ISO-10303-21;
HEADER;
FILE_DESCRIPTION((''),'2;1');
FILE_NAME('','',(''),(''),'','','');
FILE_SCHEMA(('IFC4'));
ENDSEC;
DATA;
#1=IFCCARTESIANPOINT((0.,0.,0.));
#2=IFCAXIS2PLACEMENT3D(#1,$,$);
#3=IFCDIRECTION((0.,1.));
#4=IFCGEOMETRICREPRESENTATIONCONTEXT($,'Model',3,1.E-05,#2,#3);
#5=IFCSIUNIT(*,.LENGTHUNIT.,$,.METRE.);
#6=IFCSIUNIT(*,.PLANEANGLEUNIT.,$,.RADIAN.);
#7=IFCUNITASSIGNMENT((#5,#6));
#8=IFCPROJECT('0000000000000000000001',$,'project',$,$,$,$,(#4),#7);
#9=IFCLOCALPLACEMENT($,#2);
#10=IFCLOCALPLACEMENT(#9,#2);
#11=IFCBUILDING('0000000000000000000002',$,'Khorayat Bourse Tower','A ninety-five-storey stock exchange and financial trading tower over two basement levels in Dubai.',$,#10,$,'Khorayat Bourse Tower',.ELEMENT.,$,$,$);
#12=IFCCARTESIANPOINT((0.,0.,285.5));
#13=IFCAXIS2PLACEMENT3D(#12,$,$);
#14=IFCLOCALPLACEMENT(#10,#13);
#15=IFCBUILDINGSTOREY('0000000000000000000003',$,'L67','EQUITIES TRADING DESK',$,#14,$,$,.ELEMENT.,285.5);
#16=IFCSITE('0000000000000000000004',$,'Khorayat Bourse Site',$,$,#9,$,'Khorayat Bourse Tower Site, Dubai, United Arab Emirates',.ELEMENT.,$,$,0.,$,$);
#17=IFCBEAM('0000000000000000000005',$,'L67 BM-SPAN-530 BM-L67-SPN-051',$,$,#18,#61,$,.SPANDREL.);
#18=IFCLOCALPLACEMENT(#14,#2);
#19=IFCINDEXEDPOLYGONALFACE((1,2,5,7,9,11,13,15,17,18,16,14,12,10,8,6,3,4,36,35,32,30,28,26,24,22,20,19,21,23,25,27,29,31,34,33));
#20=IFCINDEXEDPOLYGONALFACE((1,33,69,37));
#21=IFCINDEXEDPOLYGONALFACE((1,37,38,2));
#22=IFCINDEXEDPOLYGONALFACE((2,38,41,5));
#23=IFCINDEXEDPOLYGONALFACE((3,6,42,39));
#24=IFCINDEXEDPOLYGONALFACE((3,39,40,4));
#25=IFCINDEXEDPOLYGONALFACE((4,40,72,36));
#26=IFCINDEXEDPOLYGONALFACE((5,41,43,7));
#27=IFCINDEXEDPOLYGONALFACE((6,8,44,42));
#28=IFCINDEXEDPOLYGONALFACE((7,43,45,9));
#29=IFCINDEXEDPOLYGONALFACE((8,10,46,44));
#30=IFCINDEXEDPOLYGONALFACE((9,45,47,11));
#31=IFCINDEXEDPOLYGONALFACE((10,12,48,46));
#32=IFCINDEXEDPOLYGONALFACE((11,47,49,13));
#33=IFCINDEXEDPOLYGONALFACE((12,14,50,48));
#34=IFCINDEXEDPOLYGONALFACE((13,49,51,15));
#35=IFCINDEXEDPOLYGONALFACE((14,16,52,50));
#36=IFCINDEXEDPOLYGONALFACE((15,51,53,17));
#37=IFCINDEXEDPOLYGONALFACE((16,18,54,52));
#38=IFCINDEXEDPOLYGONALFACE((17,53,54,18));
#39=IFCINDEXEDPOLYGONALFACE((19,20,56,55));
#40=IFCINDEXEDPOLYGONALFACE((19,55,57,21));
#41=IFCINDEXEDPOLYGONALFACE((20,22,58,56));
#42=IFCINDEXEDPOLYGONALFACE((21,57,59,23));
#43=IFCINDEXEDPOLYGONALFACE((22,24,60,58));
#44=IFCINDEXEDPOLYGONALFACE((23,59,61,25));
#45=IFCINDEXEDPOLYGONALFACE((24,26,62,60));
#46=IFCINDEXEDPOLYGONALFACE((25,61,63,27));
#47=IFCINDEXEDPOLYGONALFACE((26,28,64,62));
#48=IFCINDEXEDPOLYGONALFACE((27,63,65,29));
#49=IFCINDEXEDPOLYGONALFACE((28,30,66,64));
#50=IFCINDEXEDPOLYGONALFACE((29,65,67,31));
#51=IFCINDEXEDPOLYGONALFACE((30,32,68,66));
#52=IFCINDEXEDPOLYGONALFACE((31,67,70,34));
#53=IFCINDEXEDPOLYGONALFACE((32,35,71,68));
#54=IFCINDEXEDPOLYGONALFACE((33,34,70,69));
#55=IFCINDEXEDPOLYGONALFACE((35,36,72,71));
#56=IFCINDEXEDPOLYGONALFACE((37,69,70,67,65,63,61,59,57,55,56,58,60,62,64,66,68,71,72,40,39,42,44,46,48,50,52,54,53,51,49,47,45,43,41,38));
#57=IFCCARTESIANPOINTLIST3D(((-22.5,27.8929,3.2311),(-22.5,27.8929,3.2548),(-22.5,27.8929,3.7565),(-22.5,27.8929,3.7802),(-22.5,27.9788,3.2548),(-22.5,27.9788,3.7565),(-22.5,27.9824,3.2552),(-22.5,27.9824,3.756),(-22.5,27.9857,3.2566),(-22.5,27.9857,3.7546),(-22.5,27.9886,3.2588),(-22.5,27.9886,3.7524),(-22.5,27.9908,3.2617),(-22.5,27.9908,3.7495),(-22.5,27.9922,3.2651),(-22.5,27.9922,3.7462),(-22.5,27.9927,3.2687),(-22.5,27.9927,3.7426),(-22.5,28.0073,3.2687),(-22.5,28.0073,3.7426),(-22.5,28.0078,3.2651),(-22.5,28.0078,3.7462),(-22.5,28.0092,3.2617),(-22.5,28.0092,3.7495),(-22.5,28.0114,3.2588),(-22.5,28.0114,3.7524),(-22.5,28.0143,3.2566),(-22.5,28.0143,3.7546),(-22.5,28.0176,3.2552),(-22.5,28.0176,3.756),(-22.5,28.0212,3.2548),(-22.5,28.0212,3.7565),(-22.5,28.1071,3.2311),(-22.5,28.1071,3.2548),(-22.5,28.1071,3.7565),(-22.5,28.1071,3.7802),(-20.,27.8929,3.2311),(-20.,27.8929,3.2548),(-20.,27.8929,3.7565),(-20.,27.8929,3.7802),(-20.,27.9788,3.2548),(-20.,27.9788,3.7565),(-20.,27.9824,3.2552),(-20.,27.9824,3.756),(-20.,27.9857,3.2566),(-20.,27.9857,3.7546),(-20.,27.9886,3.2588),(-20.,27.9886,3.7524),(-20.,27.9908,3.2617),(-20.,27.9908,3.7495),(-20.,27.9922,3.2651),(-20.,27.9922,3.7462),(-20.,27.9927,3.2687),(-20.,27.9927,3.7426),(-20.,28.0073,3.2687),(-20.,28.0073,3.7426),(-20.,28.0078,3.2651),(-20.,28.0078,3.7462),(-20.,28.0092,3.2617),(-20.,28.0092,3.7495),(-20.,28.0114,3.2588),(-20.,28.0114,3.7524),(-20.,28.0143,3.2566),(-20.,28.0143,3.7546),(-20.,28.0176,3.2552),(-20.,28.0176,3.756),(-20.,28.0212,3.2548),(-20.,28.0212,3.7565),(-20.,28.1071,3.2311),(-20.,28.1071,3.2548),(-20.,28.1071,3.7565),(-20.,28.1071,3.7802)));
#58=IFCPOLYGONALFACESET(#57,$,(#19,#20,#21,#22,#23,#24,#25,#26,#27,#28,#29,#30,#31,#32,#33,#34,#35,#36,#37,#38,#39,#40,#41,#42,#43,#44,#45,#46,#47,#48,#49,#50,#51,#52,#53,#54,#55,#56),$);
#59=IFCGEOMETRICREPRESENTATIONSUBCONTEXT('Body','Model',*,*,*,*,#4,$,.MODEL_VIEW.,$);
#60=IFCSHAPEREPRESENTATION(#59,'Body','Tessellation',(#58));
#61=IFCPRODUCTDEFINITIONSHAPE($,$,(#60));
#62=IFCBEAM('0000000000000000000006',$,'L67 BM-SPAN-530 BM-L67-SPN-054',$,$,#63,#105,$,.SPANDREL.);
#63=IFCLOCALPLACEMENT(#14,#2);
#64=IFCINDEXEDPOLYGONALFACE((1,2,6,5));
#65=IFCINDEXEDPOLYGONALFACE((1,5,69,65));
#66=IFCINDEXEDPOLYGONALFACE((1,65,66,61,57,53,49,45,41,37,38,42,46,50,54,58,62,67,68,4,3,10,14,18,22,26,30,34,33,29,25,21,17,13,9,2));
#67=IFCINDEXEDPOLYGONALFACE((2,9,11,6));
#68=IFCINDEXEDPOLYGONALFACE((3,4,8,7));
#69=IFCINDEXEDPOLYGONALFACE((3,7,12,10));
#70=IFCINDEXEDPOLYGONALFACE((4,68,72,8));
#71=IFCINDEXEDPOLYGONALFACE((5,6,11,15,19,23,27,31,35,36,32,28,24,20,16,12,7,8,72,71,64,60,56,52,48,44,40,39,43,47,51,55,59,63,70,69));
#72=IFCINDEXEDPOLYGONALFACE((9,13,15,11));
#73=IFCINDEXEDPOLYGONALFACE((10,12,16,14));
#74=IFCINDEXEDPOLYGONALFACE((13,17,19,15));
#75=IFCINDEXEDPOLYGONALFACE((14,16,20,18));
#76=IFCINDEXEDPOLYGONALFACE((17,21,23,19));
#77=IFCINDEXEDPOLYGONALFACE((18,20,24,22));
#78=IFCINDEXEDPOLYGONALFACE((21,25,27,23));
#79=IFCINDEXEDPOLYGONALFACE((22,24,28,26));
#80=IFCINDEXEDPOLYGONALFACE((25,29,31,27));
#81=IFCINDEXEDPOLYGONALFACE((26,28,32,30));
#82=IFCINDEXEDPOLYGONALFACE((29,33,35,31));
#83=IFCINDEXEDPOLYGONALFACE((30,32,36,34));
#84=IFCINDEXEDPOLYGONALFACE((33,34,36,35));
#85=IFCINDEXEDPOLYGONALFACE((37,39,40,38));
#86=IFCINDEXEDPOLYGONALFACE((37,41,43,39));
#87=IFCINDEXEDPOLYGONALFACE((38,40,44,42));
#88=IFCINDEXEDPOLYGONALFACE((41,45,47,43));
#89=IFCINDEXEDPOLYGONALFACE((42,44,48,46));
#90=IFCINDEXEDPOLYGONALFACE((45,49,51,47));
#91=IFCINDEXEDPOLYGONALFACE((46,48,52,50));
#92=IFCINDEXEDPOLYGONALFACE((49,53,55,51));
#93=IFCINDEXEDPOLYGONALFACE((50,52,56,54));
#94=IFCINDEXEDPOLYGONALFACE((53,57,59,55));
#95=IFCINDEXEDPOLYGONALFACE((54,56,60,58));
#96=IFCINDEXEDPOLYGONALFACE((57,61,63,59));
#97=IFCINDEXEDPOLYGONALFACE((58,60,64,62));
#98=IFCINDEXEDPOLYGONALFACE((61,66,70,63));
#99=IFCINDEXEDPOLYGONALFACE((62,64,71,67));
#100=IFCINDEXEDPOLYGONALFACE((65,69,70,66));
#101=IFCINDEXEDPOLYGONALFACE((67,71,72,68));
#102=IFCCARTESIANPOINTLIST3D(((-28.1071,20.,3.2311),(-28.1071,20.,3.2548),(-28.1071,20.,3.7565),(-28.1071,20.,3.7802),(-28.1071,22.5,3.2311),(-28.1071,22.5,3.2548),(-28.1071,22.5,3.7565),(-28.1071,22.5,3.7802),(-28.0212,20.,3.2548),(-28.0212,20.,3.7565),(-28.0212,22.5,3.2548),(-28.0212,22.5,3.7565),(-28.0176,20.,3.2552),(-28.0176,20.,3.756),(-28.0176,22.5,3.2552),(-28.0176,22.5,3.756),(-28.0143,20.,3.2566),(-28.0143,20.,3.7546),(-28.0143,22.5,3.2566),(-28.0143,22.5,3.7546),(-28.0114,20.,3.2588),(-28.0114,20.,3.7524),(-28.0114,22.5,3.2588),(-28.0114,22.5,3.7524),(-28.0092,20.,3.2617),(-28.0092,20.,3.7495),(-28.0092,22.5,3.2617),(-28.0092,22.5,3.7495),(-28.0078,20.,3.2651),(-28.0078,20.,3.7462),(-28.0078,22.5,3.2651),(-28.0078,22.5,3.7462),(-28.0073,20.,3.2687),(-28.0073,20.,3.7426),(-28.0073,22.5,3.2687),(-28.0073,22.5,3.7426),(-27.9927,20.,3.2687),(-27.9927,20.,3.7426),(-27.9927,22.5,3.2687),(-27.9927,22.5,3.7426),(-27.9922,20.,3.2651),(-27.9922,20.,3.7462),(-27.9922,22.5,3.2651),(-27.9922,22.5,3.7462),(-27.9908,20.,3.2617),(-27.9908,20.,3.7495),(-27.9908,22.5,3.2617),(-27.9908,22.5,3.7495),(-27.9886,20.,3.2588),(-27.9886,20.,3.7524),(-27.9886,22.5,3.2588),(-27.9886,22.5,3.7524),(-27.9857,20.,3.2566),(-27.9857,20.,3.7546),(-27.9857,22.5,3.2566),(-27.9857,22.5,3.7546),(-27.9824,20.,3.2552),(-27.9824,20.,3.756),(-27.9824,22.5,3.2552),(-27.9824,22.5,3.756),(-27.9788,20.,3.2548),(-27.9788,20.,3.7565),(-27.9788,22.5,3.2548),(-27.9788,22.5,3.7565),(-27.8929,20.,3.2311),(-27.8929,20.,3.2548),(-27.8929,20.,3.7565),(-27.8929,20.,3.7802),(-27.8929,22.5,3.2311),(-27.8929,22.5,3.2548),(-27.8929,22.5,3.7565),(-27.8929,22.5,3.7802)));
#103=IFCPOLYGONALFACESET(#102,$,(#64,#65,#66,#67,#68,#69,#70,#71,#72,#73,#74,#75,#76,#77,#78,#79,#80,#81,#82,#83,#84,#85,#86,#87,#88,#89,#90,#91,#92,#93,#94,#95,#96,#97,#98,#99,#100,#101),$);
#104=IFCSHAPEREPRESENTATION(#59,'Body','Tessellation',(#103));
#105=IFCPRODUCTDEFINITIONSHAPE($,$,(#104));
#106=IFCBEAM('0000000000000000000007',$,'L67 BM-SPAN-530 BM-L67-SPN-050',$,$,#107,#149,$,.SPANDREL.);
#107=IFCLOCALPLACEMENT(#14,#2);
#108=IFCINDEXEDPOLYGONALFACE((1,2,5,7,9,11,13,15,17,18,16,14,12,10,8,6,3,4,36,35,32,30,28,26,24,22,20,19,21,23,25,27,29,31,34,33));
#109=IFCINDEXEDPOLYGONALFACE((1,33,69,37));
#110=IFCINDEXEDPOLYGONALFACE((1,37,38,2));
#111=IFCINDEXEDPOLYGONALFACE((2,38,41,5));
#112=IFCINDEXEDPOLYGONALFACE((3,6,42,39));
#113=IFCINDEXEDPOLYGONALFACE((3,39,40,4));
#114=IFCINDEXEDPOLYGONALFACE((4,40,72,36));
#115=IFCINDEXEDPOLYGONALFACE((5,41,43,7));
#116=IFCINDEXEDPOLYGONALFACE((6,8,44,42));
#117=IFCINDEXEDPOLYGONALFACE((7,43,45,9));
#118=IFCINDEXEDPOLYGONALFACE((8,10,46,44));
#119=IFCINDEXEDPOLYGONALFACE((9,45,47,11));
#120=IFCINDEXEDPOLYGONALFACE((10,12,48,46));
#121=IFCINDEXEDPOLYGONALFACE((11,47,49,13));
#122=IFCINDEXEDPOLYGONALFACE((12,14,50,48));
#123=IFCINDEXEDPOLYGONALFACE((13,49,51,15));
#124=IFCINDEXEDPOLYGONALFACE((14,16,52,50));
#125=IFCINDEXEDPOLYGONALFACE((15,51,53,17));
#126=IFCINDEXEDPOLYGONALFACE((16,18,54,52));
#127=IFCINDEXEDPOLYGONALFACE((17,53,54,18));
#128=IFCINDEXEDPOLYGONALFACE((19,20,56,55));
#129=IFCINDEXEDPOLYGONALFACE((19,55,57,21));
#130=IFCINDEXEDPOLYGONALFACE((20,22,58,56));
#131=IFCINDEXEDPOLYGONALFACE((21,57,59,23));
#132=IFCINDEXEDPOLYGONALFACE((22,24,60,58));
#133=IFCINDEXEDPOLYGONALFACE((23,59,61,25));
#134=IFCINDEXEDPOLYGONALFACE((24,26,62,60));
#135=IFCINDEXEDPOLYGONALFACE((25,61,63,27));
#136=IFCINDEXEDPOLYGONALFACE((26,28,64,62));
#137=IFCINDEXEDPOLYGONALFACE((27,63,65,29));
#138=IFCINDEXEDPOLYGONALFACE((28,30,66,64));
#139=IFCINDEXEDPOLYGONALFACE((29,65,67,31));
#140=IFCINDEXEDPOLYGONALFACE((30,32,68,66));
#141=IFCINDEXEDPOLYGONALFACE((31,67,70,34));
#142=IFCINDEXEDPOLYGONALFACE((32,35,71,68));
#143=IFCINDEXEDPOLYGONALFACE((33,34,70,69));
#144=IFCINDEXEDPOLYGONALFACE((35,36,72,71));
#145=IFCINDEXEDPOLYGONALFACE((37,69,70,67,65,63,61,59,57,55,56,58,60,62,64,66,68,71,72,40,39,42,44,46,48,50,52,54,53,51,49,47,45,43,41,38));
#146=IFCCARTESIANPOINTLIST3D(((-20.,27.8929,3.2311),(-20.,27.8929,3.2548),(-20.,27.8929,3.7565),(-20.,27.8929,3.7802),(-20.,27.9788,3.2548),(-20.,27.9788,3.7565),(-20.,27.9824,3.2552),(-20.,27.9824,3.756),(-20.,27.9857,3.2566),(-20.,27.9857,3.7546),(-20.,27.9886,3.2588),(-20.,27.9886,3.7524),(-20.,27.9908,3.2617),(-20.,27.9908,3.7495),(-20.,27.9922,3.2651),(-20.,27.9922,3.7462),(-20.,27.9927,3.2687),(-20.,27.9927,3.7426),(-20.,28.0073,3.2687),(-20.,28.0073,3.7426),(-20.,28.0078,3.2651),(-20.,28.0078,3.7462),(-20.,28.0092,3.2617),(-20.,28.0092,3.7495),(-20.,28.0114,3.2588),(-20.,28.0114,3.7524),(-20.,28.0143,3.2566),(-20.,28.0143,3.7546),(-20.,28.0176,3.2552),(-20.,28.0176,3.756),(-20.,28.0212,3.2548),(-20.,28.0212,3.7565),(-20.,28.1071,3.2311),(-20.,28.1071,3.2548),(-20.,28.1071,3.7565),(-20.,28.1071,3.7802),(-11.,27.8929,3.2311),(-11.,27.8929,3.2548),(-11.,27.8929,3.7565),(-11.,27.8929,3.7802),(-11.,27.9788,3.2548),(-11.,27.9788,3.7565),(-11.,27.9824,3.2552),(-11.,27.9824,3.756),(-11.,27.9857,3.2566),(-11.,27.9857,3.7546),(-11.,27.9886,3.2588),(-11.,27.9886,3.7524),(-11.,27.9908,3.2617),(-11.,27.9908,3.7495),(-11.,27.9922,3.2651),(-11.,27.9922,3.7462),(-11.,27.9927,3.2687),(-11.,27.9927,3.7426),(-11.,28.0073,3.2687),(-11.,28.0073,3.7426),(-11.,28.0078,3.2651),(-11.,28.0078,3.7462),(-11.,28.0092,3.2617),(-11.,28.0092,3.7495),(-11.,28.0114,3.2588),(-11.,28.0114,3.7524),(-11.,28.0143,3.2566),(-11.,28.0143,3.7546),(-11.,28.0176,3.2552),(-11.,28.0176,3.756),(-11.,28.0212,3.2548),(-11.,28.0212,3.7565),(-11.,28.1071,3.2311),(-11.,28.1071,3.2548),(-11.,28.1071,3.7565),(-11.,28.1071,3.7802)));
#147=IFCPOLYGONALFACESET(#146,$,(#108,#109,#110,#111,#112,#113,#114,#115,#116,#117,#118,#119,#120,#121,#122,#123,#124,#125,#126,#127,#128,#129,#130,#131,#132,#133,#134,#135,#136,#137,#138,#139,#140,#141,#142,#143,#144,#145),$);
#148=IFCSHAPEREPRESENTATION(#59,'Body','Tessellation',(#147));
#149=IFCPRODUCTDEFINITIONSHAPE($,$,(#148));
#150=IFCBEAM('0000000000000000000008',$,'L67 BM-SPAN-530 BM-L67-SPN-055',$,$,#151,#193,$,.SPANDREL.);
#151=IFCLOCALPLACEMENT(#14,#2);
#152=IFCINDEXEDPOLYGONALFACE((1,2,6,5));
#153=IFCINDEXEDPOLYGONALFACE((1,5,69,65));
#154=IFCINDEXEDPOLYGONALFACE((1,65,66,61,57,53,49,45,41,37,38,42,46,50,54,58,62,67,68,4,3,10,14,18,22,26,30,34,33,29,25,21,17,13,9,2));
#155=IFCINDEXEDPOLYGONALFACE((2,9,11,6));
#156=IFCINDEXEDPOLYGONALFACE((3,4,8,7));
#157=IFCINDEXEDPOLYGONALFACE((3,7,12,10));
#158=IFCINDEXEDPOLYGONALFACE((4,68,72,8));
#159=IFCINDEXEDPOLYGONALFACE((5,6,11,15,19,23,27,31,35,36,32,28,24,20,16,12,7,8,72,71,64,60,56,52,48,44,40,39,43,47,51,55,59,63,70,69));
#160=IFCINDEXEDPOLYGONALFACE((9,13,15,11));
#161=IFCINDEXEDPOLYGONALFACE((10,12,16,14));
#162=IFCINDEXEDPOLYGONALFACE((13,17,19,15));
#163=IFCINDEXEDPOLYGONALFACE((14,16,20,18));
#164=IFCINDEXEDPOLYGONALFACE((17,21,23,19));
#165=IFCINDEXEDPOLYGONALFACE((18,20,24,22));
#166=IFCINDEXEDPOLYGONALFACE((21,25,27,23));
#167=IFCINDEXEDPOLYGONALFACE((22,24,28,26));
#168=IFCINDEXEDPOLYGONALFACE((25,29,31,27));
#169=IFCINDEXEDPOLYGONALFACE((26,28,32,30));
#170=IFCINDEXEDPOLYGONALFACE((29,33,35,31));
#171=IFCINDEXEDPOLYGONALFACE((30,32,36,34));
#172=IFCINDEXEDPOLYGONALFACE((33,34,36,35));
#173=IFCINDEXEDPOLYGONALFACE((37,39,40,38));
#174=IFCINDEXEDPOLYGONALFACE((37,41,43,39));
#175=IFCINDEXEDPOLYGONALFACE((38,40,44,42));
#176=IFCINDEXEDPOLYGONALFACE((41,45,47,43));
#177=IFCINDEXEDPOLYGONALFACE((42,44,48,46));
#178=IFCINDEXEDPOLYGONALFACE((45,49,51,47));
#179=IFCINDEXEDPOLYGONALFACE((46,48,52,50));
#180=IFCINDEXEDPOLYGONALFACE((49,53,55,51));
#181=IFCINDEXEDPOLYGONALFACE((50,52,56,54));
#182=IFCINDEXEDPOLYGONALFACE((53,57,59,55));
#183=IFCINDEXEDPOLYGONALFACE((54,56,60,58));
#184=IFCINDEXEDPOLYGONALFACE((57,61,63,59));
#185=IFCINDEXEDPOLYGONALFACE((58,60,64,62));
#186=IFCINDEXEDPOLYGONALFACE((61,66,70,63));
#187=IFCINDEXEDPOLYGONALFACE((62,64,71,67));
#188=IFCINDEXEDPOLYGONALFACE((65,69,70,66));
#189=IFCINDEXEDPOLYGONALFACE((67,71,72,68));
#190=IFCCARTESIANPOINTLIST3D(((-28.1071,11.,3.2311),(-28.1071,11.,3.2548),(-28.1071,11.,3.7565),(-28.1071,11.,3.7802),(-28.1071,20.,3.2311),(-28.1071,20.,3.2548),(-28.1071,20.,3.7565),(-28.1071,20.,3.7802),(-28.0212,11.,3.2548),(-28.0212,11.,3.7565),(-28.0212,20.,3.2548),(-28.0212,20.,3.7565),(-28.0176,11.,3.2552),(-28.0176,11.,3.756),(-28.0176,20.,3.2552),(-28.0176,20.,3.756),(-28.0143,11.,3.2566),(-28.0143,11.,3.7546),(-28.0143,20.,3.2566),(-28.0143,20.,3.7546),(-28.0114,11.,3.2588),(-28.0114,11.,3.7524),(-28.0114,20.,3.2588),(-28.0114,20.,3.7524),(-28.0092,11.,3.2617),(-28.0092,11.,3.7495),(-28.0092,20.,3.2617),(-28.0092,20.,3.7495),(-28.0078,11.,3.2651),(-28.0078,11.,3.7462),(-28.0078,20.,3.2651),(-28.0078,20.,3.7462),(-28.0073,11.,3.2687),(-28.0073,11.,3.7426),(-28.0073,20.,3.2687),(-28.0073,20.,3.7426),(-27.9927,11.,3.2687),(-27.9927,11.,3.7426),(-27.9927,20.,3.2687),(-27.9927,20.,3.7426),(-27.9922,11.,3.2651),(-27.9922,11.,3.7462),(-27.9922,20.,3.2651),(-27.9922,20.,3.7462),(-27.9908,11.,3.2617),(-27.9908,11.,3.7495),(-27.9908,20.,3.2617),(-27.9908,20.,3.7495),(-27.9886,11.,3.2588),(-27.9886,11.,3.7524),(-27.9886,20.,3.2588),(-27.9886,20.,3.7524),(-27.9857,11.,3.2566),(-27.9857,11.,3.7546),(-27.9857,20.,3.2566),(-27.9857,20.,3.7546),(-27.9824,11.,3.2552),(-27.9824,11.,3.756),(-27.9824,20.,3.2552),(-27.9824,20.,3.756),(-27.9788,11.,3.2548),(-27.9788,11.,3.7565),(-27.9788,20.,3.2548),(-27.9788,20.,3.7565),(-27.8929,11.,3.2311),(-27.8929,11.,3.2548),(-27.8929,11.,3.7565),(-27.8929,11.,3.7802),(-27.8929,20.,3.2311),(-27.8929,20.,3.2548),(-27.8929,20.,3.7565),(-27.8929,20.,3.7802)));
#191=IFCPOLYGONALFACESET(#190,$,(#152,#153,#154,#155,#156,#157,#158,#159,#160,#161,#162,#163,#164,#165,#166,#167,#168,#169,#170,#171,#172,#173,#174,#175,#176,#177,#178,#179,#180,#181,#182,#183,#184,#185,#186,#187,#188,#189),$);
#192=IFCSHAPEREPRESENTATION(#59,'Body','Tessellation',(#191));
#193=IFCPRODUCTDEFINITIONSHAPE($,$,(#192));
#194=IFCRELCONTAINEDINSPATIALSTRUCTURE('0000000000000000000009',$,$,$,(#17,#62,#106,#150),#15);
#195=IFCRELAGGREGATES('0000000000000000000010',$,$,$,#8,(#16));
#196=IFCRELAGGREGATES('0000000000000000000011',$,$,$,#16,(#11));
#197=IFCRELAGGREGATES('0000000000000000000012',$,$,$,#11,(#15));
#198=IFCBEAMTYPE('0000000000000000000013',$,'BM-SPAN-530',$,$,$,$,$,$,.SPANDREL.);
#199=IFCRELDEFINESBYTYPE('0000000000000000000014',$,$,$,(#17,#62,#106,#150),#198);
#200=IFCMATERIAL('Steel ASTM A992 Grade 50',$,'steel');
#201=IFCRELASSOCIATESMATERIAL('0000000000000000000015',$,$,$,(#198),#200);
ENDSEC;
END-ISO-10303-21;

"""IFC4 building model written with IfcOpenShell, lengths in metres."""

from ifc_helpers import new_model, si_unit, direction, frame, origin, origin_2d, place, context, subcontext, project, spatial, i_section, extrude, source, transform, mapped, material, material_profile, profile_set, type_object, element, save


model = new_model("IFC4")

# Units and contexts
model_context = context("Model", 3, precision=1e-05, world=origin(), true_north=direction((0.0, 1.0)))
body_context = subcontext(model_context, "Body", "Model", "MODEL_VIEW")
ifc_project = project(units=[si_unit("LENGTHUNIT", "METRE"), si_unit("PLANEANGLEUNIT", "RADIAN")], contexts=[model_context])

# Site, building, storey
site_placement = place(None, origin())
site = spatial("IfcSite", under=ifc_project, at=site_placement, Name="Khorayat Bourse Site", LongName="Khorayat Bourse Tower Site, Dubai, United Arab Emirates", CompositionType="ELEMENT", RefElevation=0.0)
building_placement = place(site_placement, origin())
building = spatial("IfcBuilding", under=site, at=building_placement, Name="Khorayat Bourse Tower", Description="A ninety-five-storey stock exchange and financial trading tower over two basement levels in Dubai.", LongName="Khorayat Bourse Tower", CompositionType="ELEMENT")
storey_placement = place(building_placement, frame((0.0, 0.0, 285.5)))
storey = spatial("IfcBuildingStorey", under=building, at=storey_placement, Name="L67", Description="EQUITIES TRADING DESK", CompositionType="ELEMENT", Elevation=285.5)

# Beams
ifc_material_1 = material(Name="Steel ASTM A992 Grade 50", Category="steel")
ifc_material_profile_1 = material_profile(ifc_material_1, i_section(OverallWidth=0.2141, OverallDepth=0.5491, WebThickness=0.0146, FlangeThickness=0.0237, FilletRadius=0.0139, at=origin_2d()), Name="W530X138")
ifc_profile_set_1 = profile_set([ifc_material_profile_1], Name="Steel ASTM A992 Grade 50")
beam_type_1 = type_object("IfcBeamType", Name="BM-SPAN-530", PredefinedType="SPANDREL", material=ifc_profile_set_1)
shared_shape_1 = source(origin(), body_context, "Body", "SweptSolid", [
    extrude(i_section(OverallWidth=0.2141, OverallDepth=0.5491, WebThickness=0.0146, FlangeThickness=0.0237, FilletRadius=0.0139, at=origin_2d()), origin(), (0.0, 0.0, 1.0), 2.5),
])
for number, where, z_axis, x_axis, name in (
    (1, (-22.5, 28.0, 3.5056), (1.0, 0.0, 0.0), (0.0, 1.0, 0.0), "L67 BM-SPAN-530 BM-L67-SPN-051"),
    (2, (-28.0, 20.0, 3.5056), (0.0, 1.0, 0.0), (-1.0, 0.0, 0.0), "L67 BM-SPAN-530 BM-L67-SPN-054"),
):
    element("IfcBeam", number, at=place(storey_placement, frame(where, z_axis=z_axis, x_axis=x_axis)), inside=storey, type_object=beam_type_1, Name=name, PredefinedType="SPANDREL", context=body_context, shape_type="MappedRepresentation", body=[
        mapped(shared_shape_1, transform((0.0, 0.0, 0.0), scale=1.0)),
    ])
shared_shape_2 = source(origin(), body_context, "Body", "SweptSolid", [
    extrude(i_section(OverallWidth=0.2141, OverallDepth=0.5491, WebThickness=0.0146, FlangeThickness=0.0237, FilletRadius=0.0139, at=origin_2d()), origin(), (0.0, 0.0, 1.0), 9.0),
])
for number, where, z_axis, x_axis, name in (
    (3, (-20.0, 28.0, 3.5056), (1.0, 0.0, 0.0), (0.0, 1.0, 0.0), "L67 BM-SPAN-530 BM-L67-SPN-050"),
    (4, (-28.0, 11.0, 3.5056), (0.0, 1.0, 0.0), (-1.0, 0.0, 0.0), "L67 BM-SPAN-530 BM-L67-SPN-055"),
):
    element("IfcBeam", number, at=place(storey_placement, frame(where, z_axis=z_axis, x_axis=x_axis)), inside=storey, type_object=beam_type_1, Name=name, PredefinedType="SPANDREL", context=body_context, shape_type="MappedRepresentation", body=[
        mapped(shared_shape_2, transform((0.0, 0.0, 0.0), scale=1.0)),
    ])

save(model, "model.ifc")
